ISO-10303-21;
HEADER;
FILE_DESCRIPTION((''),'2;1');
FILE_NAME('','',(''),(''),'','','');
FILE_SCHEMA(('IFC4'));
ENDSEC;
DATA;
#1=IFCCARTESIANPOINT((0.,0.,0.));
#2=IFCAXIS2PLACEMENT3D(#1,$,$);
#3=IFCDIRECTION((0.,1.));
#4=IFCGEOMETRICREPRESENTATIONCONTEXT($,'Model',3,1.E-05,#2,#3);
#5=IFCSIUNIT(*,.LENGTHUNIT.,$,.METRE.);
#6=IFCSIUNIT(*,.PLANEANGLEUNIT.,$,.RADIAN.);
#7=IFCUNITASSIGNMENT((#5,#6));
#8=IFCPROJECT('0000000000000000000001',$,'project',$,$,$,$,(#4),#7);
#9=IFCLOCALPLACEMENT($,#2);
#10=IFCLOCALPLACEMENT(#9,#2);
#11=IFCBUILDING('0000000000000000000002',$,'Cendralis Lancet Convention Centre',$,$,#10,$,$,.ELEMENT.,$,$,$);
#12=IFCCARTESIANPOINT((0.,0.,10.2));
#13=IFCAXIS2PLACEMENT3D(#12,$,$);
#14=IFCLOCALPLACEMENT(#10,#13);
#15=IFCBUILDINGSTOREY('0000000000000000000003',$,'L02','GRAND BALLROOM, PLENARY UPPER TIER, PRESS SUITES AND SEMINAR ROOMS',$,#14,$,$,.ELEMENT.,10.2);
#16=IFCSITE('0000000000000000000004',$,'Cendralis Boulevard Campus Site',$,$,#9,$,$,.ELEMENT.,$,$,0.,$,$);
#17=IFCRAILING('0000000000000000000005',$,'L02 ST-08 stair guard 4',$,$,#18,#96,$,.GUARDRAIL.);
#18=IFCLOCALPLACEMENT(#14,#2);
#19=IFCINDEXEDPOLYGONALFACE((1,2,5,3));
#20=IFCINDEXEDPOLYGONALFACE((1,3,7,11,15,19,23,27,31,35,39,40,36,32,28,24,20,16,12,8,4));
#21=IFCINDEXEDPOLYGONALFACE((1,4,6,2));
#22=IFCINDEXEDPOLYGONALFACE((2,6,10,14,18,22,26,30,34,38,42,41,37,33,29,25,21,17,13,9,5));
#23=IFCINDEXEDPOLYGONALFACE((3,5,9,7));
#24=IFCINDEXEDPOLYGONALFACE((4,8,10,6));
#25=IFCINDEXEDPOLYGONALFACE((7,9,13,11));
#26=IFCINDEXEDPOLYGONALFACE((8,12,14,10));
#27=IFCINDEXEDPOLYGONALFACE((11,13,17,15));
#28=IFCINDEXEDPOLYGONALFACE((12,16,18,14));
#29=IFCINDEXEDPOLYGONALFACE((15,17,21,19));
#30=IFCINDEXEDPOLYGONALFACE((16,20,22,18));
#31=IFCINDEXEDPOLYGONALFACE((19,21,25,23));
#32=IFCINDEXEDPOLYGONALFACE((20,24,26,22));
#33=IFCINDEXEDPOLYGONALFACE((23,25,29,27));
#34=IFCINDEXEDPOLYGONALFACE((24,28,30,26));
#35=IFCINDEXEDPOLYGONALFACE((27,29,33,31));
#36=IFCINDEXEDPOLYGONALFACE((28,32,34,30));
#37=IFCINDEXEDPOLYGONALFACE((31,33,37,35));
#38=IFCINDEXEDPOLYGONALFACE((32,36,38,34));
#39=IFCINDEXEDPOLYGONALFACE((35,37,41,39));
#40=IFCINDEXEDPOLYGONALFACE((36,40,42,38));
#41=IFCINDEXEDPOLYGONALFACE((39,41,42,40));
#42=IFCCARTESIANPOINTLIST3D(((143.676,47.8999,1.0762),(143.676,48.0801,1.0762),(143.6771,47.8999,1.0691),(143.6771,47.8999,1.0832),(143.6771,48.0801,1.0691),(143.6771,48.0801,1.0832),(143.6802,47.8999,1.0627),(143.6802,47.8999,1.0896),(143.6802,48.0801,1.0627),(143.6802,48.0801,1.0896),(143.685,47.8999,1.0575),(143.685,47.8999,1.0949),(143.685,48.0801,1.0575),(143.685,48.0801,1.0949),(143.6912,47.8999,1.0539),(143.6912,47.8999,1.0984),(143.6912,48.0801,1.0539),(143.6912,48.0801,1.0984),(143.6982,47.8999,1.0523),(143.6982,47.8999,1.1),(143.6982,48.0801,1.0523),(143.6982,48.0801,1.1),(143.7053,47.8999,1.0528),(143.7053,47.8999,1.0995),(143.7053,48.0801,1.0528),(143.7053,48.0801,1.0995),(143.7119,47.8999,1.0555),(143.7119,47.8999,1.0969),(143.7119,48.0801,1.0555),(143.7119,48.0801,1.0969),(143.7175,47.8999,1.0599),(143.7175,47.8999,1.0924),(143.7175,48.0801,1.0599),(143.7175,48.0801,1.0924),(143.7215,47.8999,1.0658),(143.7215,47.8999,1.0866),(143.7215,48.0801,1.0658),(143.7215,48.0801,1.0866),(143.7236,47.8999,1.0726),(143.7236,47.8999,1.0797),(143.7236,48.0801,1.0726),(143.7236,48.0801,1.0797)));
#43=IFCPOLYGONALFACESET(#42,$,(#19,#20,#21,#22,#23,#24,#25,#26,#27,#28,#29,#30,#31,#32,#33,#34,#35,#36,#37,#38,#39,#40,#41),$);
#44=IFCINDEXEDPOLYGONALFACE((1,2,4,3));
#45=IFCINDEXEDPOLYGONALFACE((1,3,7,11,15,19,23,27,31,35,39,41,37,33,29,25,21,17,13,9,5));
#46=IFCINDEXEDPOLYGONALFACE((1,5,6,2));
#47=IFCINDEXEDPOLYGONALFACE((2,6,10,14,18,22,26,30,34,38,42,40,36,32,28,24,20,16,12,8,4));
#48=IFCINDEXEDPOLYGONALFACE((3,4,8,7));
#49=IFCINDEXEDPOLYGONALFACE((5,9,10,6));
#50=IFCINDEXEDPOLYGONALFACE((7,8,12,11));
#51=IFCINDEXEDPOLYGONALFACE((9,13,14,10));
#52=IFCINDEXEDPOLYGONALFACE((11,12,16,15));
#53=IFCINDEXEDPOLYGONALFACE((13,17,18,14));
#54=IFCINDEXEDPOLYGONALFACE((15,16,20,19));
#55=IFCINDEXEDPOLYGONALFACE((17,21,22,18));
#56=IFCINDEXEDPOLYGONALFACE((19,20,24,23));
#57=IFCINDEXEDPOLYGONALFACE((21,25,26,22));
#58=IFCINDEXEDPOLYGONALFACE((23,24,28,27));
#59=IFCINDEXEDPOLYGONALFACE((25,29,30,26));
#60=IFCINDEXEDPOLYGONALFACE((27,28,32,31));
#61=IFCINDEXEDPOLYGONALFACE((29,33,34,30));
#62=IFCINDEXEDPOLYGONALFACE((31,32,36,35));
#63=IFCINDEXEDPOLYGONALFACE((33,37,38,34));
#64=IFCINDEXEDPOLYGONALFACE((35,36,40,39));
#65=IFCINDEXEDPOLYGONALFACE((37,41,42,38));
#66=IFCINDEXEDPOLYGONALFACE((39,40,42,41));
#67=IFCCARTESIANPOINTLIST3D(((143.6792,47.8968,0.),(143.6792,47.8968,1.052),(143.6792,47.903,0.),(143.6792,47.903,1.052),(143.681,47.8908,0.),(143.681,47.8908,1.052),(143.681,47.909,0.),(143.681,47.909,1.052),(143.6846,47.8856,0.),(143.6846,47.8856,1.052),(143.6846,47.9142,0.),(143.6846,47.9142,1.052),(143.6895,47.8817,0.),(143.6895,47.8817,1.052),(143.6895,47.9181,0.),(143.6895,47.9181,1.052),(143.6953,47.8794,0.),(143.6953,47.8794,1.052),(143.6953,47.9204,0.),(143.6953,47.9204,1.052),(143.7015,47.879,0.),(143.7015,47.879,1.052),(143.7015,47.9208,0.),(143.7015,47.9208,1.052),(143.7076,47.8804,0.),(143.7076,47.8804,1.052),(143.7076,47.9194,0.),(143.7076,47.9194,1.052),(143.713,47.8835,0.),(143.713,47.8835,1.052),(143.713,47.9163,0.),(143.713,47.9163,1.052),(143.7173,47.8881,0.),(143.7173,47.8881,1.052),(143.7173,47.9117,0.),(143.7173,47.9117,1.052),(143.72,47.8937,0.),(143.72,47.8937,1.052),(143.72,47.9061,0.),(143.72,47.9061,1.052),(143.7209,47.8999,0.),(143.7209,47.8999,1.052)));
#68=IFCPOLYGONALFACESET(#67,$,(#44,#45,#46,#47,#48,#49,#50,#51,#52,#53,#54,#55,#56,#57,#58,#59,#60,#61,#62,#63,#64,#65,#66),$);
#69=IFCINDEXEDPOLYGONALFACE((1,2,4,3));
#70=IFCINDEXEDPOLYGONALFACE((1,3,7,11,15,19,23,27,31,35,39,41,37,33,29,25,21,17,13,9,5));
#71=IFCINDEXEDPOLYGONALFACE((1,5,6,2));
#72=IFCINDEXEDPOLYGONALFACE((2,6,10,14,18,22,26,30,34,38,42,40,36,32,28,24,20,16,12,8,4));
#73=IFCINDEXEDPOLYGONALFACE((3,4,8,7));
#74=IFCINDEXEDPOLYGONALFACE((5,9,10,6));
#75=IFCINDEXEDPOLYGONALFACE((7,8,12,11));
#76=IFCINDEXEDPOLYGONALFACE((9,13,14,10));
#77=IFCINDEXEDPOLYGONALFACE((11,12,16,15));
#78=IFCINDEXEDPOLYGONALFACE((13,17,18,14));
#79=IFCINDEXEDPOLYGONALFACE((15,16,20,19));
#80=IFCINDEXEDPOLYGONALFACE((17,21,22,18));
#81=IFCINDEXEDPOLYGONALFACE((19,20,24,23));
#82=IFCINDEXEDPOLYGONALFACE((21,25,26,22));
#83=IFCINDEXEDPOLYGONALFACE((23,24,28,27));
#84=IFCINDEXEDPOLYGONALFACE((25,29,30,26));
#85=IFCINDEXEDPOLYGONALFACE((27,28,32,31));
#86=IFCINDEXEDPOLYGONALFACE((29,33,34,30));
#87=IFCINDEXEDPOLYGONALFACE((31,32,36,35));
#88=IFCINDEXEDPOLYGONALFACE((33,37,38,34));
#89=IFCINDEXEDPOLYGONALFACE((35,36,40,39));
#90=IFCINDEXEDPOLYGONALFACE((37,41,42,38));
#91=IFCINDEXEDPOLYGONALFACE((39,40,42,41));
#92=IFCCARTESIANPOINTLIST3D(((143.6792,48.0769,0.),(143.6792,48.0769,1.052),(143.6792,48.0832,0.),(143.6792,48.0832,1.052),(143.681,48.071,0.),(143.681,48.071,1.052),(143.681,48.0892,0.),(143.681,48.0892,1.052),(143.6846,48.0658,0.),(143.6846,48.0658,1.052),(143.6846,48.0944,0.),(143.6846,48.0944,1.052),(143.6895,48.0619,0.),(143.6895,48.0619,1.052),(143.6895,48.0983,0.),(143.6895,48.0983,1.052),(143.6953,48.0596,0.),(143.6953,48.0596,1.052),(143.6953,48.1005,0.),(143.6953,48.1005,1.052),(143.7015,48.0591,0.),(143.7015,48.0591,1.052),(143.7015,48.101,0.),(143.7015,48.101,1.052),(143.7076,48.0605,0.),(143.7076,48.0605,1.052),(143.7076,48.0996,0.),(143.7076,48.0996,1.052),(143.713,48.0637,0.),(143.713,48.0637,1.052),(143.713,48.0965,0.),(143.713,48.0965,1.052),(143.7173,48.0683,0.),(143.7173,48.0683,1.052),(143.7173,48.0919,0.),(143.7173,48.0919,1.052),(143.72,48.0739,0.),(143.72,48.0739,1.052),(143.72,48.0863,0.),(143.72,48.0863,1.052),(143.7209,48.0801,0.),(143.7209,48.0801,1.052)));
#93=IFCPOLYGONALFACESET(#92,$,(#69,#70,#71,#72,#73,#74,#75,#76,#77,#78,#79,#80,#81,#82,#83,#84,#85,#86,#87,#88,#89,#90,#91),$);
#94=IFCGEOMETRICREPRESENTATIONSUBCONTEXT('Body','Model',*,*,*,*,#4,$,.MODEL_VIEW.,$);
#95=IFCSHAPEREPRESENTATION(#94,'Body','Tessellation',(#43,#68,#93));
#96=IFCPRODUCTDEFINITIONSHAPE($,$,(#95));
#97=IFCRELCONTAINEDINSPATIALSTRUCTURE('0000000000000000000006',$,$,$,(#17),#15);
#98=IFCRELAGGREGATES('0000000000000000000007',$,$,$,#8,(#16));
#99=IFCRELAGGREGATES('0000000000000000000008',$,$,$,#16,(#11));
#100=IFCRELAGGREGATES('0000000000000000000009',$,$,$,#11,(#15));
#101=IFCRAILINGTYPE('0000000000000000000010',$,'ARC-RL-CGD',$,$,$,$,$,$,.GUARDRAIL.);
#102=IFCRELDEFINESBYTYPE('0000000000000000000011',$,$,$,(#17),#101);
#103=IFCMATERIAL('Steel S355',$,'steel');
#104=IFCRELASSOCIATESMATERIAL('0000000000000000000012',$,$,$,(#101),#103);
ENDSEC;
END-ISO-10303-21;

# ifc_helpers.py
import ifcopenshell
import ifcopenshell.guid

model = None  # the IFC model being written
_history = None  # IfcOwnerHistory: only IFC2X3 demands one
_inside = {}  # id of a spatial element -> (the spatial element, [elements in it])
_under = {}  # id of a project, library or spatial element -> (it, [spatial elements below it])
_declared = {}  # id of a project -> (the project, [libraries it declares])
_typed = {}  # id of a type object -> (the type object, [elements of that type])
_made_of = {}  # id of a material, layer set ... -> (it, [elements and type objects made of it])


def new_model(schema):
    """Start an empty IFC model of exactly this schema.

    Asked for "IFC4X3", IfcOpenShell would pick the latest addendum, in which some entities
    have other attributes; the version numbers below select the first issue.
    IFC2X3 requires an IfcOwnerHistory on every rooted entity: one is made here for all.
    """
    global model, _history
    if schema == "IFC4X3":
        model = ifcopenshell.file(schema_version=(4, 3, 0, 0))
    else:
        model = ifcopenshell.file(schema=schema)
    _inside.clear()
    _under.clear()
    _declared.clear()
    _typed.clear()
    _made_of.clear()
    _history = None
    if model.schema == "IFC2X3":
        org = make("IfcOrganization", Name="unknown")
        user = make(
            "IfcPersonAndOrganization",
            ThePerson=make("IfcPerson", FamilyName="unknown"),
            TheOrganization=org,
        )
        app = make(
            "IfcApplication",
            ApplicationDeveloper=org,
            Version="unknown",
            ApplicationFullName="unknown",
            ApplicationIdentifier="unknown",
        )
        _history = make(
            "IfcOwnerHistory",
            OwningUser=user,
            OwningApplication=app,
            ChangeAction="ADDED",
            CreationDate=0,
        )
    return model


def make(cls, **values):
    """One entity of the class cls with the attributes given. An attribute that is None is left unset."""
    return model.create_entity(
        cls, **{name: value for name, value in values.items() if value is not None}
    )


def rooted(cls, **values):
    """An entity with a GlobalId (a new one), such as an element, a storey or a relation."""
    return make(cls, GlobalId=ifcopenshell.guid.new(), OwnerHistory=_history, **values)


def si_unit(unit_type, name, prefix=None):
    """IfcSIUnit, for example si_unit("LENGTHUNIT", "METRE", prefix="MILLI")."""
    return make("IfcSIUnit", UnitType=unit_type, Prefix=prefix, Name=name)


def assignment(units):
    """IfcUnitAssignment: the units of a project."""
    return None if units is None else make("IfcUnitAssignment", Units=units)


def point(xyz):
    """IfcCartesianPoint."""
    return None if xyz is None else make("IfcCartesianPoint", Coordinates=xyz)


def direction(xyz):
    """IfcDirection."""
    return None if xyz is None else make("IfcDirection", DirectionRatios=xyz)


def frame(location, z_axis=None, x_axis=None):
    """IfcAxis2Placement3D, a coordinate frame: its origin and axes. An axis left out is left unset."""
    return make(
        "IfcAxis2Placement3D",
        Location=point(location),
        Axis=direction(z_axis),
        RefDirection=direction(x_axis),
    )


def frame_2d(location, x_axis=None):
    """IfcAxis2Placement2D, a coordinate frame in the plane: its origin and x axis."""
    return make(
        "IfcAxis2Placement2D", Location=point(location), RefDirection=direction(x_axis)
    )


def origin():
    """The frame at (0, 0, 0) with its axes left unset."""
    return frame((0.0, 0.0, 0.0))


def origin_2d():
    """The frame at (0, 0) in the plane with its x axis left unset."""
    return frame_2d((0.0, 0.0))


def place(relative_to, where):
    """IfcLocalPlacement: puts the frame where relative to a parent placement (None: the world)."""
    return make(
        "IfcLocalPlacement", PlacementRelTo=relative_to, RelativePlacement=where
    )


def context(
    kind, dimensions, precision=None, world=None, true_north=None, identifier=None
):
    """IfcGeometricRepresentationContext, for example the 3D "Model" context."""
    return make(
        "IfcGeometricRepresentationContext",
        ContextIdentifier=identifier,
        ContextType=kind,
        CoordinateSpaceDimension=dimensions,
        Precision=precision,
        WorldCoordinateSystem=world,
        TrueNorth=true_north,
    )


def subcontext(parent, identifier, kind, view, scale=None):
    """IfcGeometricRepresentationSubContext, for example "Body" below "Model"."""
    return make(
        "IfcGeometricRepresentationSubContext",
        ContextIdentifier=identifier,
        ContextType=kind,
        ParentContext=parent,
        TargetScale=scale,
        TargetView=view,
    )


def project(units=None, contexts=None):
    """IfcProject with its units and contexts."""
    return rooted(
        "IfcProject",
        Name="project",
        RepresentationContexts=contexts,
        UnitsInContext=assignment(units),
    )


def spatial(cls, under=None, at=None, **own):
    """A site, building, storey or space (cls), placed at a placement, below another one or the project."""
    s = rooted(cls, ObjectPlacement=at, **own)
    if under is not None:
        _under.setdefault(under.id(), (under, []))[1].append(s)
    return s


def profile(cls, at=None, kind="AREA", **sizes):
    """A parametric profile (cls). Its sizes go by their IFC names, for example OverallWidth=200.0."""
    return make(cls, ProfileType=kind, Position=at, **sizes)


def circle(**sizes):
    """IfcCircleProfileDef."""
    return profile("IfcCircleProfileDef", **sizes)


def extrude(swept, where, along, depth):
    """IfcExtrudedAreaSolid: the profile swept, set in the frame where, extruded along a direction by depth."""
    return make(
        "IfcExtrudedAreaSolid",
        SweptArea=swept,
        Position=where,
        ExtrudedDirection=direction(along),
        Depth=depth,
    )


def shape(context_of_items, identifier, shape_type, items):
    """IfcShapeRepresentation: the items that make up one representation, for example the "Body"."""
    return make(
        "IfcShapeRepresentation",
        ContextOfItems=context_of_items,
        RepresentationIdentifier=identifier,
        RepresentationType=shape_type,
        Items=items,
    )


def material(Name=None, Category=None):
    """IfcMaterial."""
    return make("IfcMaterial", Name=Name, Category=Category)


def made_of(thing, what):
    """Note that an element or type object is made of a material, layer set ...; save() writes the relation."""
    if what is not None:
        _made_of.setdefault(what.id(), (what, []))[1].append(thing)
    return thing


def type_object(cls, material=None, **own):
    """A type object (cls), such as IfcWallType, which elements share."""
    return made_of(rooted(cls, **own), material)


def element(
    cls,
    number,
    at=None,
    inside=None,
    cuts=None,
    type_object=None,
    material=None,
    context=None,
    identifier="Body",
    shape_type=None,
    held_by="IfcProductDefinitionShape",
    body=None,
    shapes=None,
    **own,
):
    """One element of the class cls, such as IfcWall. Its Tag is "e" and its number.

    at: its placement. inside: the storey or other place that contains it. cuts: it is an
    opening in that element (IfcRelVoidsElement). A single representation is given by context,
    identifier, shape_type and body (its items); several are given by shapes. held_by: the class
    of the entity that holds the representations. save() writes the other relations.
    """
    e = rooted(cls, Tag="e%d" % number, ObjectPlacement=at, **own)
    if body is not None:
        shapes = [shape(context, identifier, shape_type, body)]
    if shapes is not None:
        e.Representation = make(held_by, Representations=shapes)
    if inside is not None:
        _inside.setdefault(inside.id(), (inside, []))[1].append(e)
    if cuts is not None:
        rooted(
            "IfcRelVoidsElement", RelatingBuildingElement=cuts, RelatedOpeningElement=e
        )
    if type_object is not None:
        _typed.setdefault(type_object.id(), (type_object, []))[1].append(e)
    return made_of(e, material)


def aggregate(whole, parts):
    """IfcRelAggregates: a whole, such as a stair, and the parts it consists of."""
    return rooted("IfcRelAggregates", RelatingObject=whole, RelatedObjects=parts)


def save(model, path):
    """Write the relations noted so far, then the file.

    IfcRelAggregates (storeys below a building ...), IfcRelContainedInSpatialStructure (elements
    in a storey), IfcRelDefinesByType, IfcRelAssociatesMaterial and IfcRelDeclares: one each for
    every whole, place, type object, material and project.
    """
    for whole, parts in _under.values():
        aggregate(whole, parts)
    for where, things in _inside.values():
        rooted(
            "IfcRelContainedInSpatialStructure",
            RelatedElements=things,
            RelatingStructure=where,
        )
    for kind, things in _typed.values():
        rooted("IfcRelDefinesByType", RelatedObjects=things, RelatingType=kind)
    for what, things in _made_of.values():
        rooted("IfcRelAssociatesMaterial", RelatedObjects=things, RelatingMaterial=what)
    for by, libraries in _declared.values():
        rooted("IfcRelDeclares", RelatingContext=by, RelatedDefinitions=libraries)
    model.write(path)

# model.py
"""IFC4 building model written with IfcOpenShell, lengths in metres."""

from ifc_helpers import new_model, si_unit, direction, frame, origin, origin_2d, place, context, subcontext, project, spatial, circle, extrude, material, type_object, element, save


model = new_model("IFC4")

# Units and contexts
model_context = context("Model", 3, precision=1e-05, world=origin(), true_north=direction((0.0, 1.0)))
body_context = subcontext(model_context, "Body", "Model", "MODEL_VIEW")
ifc_project = project(units=[si_unit("LENGTHUNIT", "METRE"), si_unit("PLANEANGLEUNIT", "RADIAN")], contexts=[model_context])

# Site, building, storey
site_placement = place(None, origin())
site = spatial("IfcSite", under=ifc_project, at=site_placement, Name="Cendralis Boulevard Campus Site", CompositionType="ELEMENT", RefElevation=0.0)
building_placement = place(site_placement, origin())
building = spatial("IfcBuilding", under=site, at=building_placement, Name="Cendralis Lancet Convention Centre", CompositionType="ELEMENT")
storey_placement = place(building_placement, frame((0.0, 0.0, 10.2)))
storey = spatial("IfcBuildingStorey", under=building, at=storey_placement, Name="L02", Description="GRAND BALLROOM, PLENARY UPPER TIER, PRESS SUITES AND SEMINAR ROOMS", CompositionType="ELEMENT", Elevation=10.2)

# Shared definitions
ifc_material_1 = material(Name="Steel S355", Category="steel")

# Railing
railing_type_1 = type_object("IfcRailingType", Name="ARC-RL-CGD", PredefinedType="GUARDRAIL", material=ifc_material_1)
railing_1_placement = place(storey_placement, frame((143.7, 47.8999, 0.0)))
element("IfcRailing", 1, at=railing_1_placement, inside=storey, type_object=railing_type_1, Name="L02 ST-08 stair guard 4", PredefinedType="GUARDRAIL", context=body_context, shape_type="SweptSolid", body=[
    extrude(circle(Radius=0.0239, at=origin_2d()), frame((0.0, 0.0, 1.0762), z_axis=(0.0, 1.0, 0.0), x_axis=(-1.0, 0.0, 0.0)), (0.0, 0.0, 1.0), 0.1802),
    extrude(circle(Radius=0.021, at=origin_2d()), origin(), (0.0, 0.0, 1.0), 1.052),
    extrude(circle(Radius=0.021, at=origin_2d()), frame((0.0, 0.1802, 0.0)), (0.0, 0.0, 1.0), 1.052),
])

save(model, "model.ifc")
